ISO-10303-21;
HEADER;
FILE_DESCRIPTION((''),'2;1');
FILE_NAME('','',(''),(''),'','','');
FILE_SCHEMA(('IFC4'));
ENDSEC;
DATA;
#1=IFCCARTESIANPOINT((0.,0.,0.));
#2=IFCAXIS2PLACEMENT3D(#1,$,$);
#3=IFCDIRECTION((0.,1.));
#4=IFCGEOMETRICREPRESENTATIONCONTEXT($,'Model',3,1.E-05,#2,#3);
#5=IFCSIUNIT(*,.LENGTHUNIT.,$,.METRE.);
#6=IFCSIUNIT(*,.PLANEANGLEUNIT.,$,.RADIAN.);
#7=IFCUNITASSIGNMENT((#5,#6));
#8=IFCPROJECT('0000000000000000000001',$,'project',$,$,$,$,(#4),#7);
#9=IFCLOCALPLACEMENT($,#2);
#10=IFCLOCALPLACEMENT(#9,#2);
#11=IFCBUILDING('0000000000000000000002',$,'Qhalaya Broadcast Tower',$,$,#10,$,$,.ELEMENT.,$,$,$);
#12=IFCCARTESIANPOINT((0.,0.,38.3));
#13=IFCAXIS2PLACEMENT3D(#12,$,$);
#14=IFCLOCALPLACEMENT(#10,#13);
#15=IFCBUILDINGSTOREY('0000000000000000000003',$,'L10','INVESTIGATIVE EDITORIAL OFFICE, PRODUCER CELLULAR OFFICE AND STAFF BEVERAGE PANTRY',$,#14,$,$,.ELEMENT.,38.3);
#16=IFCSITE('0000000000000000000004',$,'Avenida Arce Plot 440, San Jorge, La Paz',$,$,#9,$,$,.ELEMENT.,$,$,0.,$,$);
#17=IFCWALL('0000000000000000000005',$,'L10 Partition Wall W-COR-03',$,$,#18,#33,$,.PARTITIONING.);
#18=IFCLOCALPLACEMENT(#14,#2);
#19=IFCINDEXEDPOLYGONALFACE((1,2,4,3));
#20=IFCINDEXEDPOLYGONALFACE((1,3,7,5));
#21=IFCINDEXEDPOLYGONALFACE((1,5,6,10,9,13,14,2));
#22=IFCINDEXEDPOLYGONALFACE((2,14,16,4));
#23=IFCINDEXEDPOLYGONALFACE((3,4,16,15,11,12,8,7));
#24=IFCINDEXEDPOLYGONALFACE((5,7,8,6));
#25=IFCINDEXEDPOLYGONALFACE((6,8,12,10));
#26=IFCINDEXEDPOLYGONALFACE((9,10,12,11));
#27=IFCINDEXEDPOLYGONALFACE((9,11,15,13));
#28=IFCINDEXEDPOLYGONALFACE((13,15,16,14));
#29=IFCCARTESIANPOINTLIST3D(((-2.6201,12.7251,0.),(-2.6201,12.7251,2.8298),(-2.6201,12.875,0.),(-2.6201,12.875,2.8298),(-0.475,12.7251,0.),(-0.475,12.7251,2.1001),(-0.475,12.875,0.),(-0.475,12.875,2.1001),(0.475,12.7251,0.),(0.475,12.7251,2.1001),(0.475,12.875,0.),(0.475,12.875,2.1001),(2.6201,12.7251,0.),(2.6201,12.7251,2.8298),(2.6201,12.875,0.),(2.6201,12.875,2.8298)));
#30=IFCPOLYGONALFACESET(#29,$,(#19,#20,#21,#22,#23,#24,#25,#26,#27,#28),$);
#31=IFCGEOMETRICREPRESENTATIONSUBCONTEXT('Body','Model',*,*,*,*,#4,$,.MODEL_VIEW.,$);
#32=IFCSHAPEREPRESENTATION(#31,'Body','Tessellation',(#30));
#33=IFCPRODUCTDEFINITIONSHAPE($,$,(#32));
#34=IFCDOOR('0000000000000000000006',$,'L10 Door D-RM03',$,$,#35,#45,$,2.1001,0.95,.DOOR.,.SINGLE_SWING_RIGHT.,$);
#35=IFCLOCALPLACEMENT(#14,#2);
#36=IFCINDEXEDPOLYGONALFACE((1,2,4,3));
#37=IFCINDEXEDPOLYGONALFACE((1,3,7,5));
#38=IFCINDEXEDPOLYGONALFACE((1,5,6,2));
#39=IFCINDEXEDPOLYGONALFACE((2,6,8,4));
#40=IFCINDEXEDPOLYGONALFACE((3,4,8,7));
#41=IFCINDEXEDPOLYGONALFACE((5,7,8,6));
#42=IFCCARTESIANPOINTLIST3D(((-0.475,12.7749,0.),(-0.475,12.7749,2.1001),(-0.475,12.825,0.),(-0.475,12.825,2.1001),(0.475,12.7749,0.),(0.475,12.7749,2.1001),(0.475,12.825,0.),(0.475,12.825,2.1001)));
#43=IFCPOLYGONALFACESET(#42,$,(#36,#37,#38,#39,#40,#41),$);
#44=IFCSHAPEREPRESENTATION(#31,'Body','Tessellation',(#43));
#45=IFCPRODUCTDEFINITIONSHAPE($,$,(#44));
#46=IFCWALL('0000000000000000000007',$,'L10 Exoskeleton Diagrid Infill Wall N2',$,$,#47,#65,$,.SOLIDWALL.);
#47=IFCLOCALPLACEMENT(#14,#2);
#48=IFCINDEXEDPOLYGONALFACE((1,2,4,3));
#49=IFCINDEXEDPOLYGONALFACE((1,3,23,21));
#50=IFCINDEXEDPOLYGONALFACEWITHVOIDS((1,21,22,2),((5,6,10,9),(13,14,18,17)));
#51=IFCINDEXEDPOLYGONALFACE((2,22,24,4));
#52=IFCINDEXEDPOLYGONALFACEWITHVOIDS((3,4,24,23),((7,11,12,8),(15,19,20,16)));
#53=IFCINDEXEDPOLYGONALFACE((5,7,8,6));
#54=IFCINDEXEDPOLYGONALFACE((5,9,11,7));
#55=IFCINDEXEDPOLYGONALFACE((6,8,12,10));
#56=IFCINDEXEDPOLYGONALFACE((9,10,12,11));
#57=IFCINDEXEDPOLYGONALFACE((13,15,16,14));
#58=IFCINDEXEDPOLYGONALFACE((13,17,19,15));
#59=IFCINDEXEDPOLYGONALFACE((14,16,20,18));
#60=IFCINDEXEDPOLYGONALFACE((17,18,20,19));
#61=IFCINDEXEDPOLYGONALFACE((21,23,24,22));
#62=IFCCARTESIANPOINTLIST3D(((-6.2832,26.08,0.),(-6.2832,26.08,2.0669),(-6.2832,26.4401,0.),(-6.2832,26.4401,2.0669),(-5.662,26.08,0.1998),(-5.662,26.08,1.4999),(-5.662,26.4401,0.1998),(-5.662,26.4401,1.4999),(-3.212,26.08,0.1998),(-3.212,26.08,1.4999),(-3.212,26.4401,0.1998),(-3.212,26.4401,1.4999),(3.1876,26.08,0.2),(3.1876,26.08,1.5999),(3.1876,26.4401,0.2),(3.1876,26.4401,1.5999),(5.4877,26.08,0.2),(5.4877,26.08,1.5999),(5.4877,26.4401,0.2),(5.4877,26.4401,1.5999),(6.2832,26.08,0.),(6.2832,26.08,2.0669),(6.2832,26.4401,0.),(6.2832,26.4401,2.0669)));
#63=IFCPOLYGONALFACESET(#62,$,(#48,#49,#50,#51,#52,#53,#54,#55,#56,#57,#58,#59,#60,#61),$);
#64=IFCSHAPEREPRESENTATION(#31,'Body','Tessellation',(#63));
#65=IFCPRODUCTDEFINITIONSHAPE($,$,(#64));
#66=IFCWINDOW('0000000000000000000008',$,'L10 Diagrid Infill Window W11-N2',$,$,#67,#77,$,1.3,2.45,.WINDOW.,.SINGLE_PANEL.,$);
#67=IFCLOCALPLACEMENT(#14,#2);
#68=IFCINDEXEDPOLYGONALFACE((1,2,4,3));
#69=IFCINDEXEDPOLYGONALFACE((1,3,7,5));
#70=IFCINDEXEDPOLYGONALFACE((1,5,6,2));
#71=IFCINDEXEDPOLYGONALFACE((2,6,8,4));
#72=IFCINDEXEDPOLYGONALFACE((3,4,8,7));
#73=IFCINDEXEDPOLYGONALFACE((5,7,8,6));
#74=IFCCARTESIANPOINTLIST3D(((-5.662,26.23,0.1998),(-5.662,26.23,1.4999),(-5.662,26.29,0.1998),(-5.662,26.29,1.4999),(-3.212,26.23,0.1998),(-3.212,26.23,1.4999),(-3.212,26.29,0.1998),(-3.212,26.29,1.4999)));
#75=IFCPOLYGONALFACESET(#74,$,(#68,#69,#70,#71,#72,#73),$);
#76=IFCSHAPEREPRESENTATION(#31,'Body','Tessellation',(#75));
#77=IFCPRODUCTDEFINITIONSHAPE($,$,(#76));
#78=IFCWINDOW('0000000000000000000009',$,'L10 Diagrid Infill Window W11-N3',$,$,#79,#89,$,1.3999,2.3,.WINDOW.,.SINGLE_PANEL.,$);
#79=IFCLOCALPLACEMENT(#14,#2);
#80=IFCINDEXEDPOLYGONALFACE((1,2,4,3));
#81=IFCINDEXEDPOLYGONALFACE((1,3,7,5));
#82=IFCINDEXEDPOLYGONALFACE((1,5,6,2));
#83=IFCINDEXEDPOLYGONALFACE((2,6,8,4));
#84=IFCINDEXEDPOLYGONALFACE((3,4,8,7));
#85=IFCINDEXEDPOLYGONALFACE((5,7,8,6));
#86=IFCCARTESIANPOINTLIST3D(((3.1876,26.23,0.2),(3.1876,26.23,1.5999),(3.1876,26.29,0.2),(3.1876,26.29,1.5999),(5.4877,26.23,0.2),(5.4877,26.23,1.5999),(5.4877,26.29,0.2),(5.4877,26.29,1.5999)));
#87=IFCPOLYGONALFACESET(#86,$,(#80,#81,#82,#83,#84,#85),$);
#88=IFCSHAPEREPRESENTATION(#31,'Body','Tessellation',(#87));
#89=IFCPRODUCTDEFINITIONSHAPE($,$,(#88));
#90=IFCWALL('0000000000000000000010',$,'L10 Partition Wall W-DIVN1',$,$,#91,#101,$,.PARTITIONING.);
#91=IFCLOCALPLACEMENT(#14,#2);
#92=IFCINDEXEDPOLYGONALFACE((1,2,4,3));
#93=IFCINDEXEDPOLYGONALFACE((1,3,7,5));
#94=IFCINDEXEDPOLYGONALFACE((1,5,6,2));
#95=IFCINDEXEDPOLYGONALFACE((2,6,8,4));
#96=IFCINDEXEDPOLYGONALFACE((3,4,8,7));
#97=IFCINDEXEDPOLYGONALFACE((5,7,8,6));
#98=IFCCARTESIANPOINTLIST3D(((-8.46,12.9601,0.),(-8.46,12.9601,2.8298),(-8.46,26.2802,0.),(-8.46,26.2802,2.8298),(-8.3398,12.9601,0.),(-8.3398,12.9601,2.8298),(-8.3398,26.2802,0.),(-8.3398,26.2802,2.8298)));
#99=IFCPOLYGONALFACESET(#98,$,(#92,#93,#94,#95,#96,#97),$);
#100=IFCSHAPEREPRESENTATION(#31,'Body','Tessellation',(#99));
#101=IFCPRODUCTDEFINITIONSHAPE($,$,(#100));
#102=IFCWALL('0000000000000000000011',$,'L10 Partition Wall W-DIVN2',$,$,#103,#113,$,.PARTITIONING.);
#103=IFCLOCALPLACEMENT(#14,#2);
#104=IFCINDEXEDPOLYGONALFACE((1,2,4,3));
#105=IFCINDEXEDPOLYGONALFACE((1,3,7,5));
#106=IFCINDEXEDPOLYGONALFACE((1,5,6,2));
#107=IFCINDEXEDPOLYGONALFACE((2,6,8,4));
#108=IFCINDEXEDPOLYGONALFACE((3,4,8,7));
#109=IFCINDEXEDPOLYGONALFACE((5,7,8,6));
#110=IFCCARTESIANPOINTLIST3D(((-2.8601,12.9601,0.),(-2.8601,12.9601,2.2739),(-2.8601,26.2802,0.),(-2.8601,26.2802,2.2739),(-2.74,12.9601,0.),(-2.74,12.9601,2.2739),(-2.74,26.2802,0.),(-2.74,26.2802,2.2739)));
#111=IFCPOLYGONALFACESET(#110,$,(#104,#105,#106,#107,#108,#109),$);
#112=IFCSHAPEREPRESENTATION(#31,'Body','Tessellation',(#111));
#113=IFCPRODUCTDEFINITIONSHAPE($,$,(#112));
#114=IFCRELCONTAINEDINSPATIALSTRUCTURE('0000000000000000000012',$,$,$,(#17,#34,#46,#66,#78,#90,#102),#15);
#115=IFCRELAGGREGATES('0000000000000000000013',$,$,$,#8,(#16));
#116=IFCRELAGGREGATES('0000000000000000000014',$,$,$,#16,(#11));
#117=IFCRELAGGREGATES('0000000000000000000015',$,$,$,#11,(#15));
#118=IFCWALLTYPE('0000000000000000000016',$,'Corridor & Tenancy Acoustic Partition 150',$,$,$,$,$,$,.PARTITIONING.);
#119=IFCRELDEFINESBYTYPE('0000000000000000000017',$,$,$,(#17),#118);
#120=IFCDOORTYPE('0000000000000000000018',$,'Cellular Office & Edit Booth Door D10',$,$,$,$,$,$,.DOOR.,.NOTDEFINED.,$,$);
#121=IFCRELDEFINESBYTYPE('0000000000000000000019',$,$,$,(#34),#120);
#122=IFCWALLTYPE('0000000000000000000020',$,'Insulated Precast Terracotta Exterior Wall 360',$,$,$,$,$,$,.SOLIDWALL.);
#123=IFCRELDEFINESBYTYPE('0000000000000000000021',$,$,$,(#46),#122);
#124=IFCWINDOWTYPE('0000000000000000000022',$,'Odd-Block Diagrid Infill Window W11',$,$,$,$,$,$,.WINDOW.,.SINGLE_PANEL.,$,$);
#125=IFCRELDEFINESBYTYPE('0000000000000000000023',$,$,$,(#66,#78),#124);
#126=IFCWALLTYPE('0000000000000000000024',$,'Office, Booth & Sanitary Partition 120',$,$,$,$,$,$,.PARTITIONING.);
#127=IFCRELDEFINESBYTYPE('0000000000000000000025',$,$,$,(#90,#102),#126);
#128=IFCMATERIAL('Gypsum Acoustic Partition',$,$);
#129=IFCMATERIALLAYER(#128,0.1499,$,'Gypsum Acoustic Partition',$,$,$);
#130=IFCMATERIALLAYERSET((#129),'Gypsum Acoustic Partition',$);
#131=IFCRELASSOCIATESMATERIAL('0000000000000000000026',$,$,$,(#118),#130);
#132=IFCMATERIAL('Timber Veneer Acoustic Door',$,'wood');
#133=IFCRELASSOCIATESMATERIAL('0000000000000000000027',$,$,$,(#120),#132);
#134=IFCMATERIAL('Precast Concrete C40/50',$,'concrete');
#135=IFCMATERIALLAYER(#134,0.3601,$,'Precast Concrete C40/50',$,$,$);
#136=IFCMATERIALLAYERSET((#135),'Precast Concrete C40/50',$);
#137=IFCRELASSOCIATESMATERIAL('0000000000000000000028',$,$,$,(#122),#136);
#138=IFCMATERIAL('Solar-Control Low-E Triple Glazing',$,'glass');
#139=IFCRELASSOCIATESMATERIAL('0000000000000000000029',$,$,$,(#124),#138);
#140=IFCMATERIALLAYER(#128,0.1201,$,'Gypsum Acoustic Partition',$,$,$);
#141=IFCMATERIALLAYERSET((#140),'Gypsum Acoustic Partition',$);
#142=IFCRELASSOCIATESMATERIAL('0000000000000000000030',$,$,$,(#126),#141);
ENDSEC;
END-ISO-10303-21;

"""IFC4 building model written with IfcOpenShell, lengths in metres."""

from ifc_helpers import new_model, si_unit, direction, frame, frame_2d, origin, place, context, subcontext, project, spatial, rectangle, extrude, material, layer, layer_set, type_object, element, fill, save


model = new_model("IFC4")

# Units and contexts
model_context = context("Model", 3, precision=1e-05, world=origin(), true_north=direction((0.0, 1.0)))
body_context = subcontext(model_context, "Body", "Model", "MODEL_VIEW")
ifc_project = project(units=[si_unit("LENGTHUNIT", "METRE"), si_unit("PLANEANGLEUNIT", "RADIAN")], contexts=[model_context])

# Site, building, storey
site_placement = place(None, origin())
site = spatial("IfcSite", under=ifc_project, at=site_placement, Name="Avenida Arce Plot 440, San Jorge, La Paz", CompositionType="ELEMENT", RefElevation=0.0)
building_placement = place(site_placement, origin())
building = spatial("IfcBuilding", under=site, at=building_placement, Name="Qhalaya Broadcast Tower", CompositionType="ELEMENT")
storey_placement = place(building_placement, frame((0.0, 0.0, 38.3)))
storey = spatial("IfcBuildingStorey", under=building, at=storey_placement, Name="L10", Description="INVESTIGATIVE EDITORIAL OFFICE, PRODUCER CELLULAR OFFICE AND STAFF BEVERAGE PANTRY", CompositionType="ELEMENT", Elevation=38.3)

# Wall, opening, door
ifc_material_1 = material(Name="Gypsum Acoustic Partition")
ifc_layer_1 = layer(ifc_material_1, 0.1499, Name="Gypsum Acoustic Partition")
ifc_layer_set_1 = layer_set([ifc_layer_1], Name="Gypsum Acoustic Partition")
wall_type_1 = type_object("IfcWallType", Name="Corridor & Tenancy Acoustic Partition 150", PredefinedType="PARTITIONING", material=ifc_layer_set_1)
ifc_material_2 = material(Name="Timber Veneer Acoustic Door", Category="wood")
door_type = type_object("IfcDoorType", Name="Cellular Office & Edit Booth Door D10", OperationType="NOTDEFINED", PredefinedType="DOOR", material=ifc_material_2)
wall_1_placement = place(storey_placement, frame((-2.6201, 12.8, 0.0), z_axis=(0.0, 0.0, 1.0), x_axis=(1.0, 0.0, 0.0)))
wall_1 = element("IfcWall", 1, at=wall_1_placement, inside=storey, type_object=wall_type_1, Name="L10 Partition Wall W-COR-03", PredefinedType="PARTITIONING", context=body_context, shape_type="SweptSolid", body=[
    extrude(rectangle(XDim=5.2402, YDim=0.1499, at=frame_2d((2.6201, 0.0))), origin(), (0.0, 0.0, 1.0), 2.8298),
])
opening_1_placement = place(wall_1_placement, frame((2.145, 0.0, 0.0)))
opening_1 = element("IfcOpeningElement", 2, at=opening_1_placement, cuts=wall_1, PredefinedType="OPENING", context=body_context, shape_type="SweptSolid", body=[
    extrude(rectangle(XDim=0.95, YDim=2.1001, at=frame_2d((0.4751, 1.05))), frame((0.0, 0.0869, 0.0), z_axis=(0.0, -1.0, 0.0), x_axis=(1.0, 0.0, 0.0)), (0.0, 0.0, 1.0), 0.1738),
])
door_1_placement = place(opening_1_placement, origin())
door_1 = element("IfcDoor", 3, at=door_1_placement, inside=storey, type_object=door_type, Name="L10 Door D-RM03", OperationType="SINGLE_SWING_RIGHT", OverallHeight=2.1001, OverallWidth=0.95, PredefinedType="DOOR", context=body_context, shape_type="SweptSolid", body=[
    extrude(rectangle(XDim=0.95, YDim=2.1001, at=frame_2d((0.4751, 1.05))), frame((0.0, 0.0249, 0.0), z_axis=(0.0, -1.0, 0.0), x_axis=(1.0, 0.0, 0.0)), (0.0, 0.0, 1.0), 0.05),
])
fill(opening_1, door_1)

# Wall, openings, windows
ifc_material_3 = material(Name="Precast Concrete C40/50", Category="concrete")
ifc_layer_2 = layer(ifc_material_3, 0.3601, Name="Precast Concrete C40/50")
ifc_layer_set_2 = layer_set([ifc_layer_2], Name="Precast Concrete C40/50")
wall_type_2 = type_object("IfcWallType", Name="Insulated Precast Terracotta Exterior Wall 360", PredefinedType="SOLIDWALL", material=ifc_layer_set_2)
wall_2_placement = place(storey_placement, frame((-6.2832, 26.26, 0.0), z_axis=(0.0, 0.0, 1.0), x_axis=(1.0, 0.0, 0.0)))
wall_2 = element("IfcWall", 4, at=wall_2_placement, inside=storey, type_object=wall_type_2, Name="L10 Exoskeleton Diagrid Infill Wall N2", PredefinedType="SOLIDWALL", context=body_context, shape_type="SweptSolid", body=[
    extrude(rectangle(XDim=12.5664, YDim=0.3601, at=frame_2d((6.2832, 0.0))), origin(), (0.0, 0.0, 1.0), 2.0669),
])
opening_2_placement = place(wall_2_placement, frame((0.6211, 0.0, 0.2)))
opening_2 = element("IfcOpeningElement", 5, at=opening_2_placement, cuts=wall_2, PredefinedType="OPENING", context=body_context, shape_type="SweptSolid", body=[
    extrude(rectangle(XDim=2.45, YDim=1.3, at=frame_2d((1.2251, 0.6499))), frame((0.0, 0.1921, 0.0), z_axis=(0.0, -1.0, 0.0), x_axis=(1.0, 0.0, 0.0)), (0.0, 0.0, 1.0), 0.384),
])
opening_3_placement = place(wall_2_placement, frame((9.4709, 0.0, 0.2)))
opening_3 = element("IfcOpeningElement", 6, at=opening_3_placement, cuts=wall_2, PredefinedType="OPENING", context=body_context, shape_type="SweptSolid", body=[
    extrude(rectangle(XDim=2.3, YDim=1.3999, at=frame_2d((1.1499, 0.7))), frame((0.0, 0.1921, 0.0), z_axis=(0.0, -1.0, 0.0), x_axis=(1.0, 0.0, 0.0)), (0.0, 0.0, 1.0), 0.384),
])
ifc_material_4 = material(Name="Solar-Control Low-E Triple Glazing", Category="glass")
window_type = type_object("IfcWindowType", Name="Odd-Block Diagrid Infill Window W11", PartitioningType="SINGLE_PANEL", PredefinedType="WINDOW", material=ifc_material_4)
window_1_placement = place(opening_2_placement, origin())
window_1 = element("IfcWindow", 7, at=window_1_placement, inside=storey, type_object=window_type, Name="L10 Diagrid Infill Window W11-N2", OverallHeight=1.3, OverallWidth=2.45, PartitioningType="SINGLE_PANEL", PredefinedType="WINDOW", context=body_context, shape_type="SweptSolid", body=[
    extrude(rectangle(XDim=2.45, YDim=1.3, at=frame_2d((1.2251, 0.6499))), frame((0.0, 0.03, 0.0), z_axis=(0.0, -1.0, 0.0), x_axis=(1.0, 0.0, 0.0)), (0.0, 0.0, 1.0), 0.0601),
])
fill(opening_2, window_1)
window_2_placement = place(opening_3_placement, origin())
window_2 = element("IfcWindow", 8, at=window_2_placement, inside=storey, type_object=window_type, Name="L10 Diagrid Infill Window W11-N3", OverallHeight=1.3999, OverallWidth=2.3, PartitioningType="SINGLE_PANEL", PredefinedType="WINDOW", context=body_context, shape_type="SweptSolid", body=[
    extrude(rectangle(XDim=2.3, YDim=1.3999, at=frame_2d((1.1499, 0.7))), frame((0.0, 0.03, 0.0), z_axis=(0.0, -1.0, 0.0), x_axis=(1.0, 0.0, 0.0)), (0.0, 0.0, 1.0), 0.0601),
])
fill(opening_3, window_2)

# Walls
ifc_layer_3 = layer(ifc_material_1, 0.1201, Name="Gypsum Acoustic Partition")
ifc_layer_set_3 = layer_set([ifc_layer_3], Name="Gypsum Acoustic Partition")
wall_type_3 = type_object("IfcWallType", Name="Office, Booth & Sanitary Partition 120", PredefinedType="PARTITIONING", material=ifc_layer_set_3)
wall_3_placement = place(storey_placement, frame((-8.3999, 12.96, 0.0), z_axis=(0.0, 0.0, 1.0), x_axis=(0.0, 1.0, 0.0)))
element("IfcWall", 9, at=wall_3_placement, inside=storey, type_object=wall_type_3, Name="L10 Partition Wall W-DIVN1", PredefinedType="PARTITIONING", context=body_context, shape_type="SweptSolid", body=[
    extrude(rectangle(XDim=13.3201, YDim=0.1201, at=frame_2d((6.6602, 0.0))), origin(), (0.0, 0.0, 1.0), 2.8298),
])
wall_4_placement = place(storey_placement, frame((-2.8, 12.96, 0.0), z_axis=(0.0, 0.0, 1.0), x_axis=(0.0, 1.0, 0.0)))
element("IfcWall", 10, at=wall_4_placement, inside=storey, type_object=wall_type_3, Name="L10 Partition Wall W-DIVN2", PredefinedType="PARTITIONING", context=body_context, shape_type="SweptSolid", body=[
    extrude(rectangle(XDim=13.3201, YDim=0.1201, at=frame_2d((6.6602, 0.0))), origin(), (0.0, 0.0, 1.0), 2.2739),
])

save(model, "model.ifc")
